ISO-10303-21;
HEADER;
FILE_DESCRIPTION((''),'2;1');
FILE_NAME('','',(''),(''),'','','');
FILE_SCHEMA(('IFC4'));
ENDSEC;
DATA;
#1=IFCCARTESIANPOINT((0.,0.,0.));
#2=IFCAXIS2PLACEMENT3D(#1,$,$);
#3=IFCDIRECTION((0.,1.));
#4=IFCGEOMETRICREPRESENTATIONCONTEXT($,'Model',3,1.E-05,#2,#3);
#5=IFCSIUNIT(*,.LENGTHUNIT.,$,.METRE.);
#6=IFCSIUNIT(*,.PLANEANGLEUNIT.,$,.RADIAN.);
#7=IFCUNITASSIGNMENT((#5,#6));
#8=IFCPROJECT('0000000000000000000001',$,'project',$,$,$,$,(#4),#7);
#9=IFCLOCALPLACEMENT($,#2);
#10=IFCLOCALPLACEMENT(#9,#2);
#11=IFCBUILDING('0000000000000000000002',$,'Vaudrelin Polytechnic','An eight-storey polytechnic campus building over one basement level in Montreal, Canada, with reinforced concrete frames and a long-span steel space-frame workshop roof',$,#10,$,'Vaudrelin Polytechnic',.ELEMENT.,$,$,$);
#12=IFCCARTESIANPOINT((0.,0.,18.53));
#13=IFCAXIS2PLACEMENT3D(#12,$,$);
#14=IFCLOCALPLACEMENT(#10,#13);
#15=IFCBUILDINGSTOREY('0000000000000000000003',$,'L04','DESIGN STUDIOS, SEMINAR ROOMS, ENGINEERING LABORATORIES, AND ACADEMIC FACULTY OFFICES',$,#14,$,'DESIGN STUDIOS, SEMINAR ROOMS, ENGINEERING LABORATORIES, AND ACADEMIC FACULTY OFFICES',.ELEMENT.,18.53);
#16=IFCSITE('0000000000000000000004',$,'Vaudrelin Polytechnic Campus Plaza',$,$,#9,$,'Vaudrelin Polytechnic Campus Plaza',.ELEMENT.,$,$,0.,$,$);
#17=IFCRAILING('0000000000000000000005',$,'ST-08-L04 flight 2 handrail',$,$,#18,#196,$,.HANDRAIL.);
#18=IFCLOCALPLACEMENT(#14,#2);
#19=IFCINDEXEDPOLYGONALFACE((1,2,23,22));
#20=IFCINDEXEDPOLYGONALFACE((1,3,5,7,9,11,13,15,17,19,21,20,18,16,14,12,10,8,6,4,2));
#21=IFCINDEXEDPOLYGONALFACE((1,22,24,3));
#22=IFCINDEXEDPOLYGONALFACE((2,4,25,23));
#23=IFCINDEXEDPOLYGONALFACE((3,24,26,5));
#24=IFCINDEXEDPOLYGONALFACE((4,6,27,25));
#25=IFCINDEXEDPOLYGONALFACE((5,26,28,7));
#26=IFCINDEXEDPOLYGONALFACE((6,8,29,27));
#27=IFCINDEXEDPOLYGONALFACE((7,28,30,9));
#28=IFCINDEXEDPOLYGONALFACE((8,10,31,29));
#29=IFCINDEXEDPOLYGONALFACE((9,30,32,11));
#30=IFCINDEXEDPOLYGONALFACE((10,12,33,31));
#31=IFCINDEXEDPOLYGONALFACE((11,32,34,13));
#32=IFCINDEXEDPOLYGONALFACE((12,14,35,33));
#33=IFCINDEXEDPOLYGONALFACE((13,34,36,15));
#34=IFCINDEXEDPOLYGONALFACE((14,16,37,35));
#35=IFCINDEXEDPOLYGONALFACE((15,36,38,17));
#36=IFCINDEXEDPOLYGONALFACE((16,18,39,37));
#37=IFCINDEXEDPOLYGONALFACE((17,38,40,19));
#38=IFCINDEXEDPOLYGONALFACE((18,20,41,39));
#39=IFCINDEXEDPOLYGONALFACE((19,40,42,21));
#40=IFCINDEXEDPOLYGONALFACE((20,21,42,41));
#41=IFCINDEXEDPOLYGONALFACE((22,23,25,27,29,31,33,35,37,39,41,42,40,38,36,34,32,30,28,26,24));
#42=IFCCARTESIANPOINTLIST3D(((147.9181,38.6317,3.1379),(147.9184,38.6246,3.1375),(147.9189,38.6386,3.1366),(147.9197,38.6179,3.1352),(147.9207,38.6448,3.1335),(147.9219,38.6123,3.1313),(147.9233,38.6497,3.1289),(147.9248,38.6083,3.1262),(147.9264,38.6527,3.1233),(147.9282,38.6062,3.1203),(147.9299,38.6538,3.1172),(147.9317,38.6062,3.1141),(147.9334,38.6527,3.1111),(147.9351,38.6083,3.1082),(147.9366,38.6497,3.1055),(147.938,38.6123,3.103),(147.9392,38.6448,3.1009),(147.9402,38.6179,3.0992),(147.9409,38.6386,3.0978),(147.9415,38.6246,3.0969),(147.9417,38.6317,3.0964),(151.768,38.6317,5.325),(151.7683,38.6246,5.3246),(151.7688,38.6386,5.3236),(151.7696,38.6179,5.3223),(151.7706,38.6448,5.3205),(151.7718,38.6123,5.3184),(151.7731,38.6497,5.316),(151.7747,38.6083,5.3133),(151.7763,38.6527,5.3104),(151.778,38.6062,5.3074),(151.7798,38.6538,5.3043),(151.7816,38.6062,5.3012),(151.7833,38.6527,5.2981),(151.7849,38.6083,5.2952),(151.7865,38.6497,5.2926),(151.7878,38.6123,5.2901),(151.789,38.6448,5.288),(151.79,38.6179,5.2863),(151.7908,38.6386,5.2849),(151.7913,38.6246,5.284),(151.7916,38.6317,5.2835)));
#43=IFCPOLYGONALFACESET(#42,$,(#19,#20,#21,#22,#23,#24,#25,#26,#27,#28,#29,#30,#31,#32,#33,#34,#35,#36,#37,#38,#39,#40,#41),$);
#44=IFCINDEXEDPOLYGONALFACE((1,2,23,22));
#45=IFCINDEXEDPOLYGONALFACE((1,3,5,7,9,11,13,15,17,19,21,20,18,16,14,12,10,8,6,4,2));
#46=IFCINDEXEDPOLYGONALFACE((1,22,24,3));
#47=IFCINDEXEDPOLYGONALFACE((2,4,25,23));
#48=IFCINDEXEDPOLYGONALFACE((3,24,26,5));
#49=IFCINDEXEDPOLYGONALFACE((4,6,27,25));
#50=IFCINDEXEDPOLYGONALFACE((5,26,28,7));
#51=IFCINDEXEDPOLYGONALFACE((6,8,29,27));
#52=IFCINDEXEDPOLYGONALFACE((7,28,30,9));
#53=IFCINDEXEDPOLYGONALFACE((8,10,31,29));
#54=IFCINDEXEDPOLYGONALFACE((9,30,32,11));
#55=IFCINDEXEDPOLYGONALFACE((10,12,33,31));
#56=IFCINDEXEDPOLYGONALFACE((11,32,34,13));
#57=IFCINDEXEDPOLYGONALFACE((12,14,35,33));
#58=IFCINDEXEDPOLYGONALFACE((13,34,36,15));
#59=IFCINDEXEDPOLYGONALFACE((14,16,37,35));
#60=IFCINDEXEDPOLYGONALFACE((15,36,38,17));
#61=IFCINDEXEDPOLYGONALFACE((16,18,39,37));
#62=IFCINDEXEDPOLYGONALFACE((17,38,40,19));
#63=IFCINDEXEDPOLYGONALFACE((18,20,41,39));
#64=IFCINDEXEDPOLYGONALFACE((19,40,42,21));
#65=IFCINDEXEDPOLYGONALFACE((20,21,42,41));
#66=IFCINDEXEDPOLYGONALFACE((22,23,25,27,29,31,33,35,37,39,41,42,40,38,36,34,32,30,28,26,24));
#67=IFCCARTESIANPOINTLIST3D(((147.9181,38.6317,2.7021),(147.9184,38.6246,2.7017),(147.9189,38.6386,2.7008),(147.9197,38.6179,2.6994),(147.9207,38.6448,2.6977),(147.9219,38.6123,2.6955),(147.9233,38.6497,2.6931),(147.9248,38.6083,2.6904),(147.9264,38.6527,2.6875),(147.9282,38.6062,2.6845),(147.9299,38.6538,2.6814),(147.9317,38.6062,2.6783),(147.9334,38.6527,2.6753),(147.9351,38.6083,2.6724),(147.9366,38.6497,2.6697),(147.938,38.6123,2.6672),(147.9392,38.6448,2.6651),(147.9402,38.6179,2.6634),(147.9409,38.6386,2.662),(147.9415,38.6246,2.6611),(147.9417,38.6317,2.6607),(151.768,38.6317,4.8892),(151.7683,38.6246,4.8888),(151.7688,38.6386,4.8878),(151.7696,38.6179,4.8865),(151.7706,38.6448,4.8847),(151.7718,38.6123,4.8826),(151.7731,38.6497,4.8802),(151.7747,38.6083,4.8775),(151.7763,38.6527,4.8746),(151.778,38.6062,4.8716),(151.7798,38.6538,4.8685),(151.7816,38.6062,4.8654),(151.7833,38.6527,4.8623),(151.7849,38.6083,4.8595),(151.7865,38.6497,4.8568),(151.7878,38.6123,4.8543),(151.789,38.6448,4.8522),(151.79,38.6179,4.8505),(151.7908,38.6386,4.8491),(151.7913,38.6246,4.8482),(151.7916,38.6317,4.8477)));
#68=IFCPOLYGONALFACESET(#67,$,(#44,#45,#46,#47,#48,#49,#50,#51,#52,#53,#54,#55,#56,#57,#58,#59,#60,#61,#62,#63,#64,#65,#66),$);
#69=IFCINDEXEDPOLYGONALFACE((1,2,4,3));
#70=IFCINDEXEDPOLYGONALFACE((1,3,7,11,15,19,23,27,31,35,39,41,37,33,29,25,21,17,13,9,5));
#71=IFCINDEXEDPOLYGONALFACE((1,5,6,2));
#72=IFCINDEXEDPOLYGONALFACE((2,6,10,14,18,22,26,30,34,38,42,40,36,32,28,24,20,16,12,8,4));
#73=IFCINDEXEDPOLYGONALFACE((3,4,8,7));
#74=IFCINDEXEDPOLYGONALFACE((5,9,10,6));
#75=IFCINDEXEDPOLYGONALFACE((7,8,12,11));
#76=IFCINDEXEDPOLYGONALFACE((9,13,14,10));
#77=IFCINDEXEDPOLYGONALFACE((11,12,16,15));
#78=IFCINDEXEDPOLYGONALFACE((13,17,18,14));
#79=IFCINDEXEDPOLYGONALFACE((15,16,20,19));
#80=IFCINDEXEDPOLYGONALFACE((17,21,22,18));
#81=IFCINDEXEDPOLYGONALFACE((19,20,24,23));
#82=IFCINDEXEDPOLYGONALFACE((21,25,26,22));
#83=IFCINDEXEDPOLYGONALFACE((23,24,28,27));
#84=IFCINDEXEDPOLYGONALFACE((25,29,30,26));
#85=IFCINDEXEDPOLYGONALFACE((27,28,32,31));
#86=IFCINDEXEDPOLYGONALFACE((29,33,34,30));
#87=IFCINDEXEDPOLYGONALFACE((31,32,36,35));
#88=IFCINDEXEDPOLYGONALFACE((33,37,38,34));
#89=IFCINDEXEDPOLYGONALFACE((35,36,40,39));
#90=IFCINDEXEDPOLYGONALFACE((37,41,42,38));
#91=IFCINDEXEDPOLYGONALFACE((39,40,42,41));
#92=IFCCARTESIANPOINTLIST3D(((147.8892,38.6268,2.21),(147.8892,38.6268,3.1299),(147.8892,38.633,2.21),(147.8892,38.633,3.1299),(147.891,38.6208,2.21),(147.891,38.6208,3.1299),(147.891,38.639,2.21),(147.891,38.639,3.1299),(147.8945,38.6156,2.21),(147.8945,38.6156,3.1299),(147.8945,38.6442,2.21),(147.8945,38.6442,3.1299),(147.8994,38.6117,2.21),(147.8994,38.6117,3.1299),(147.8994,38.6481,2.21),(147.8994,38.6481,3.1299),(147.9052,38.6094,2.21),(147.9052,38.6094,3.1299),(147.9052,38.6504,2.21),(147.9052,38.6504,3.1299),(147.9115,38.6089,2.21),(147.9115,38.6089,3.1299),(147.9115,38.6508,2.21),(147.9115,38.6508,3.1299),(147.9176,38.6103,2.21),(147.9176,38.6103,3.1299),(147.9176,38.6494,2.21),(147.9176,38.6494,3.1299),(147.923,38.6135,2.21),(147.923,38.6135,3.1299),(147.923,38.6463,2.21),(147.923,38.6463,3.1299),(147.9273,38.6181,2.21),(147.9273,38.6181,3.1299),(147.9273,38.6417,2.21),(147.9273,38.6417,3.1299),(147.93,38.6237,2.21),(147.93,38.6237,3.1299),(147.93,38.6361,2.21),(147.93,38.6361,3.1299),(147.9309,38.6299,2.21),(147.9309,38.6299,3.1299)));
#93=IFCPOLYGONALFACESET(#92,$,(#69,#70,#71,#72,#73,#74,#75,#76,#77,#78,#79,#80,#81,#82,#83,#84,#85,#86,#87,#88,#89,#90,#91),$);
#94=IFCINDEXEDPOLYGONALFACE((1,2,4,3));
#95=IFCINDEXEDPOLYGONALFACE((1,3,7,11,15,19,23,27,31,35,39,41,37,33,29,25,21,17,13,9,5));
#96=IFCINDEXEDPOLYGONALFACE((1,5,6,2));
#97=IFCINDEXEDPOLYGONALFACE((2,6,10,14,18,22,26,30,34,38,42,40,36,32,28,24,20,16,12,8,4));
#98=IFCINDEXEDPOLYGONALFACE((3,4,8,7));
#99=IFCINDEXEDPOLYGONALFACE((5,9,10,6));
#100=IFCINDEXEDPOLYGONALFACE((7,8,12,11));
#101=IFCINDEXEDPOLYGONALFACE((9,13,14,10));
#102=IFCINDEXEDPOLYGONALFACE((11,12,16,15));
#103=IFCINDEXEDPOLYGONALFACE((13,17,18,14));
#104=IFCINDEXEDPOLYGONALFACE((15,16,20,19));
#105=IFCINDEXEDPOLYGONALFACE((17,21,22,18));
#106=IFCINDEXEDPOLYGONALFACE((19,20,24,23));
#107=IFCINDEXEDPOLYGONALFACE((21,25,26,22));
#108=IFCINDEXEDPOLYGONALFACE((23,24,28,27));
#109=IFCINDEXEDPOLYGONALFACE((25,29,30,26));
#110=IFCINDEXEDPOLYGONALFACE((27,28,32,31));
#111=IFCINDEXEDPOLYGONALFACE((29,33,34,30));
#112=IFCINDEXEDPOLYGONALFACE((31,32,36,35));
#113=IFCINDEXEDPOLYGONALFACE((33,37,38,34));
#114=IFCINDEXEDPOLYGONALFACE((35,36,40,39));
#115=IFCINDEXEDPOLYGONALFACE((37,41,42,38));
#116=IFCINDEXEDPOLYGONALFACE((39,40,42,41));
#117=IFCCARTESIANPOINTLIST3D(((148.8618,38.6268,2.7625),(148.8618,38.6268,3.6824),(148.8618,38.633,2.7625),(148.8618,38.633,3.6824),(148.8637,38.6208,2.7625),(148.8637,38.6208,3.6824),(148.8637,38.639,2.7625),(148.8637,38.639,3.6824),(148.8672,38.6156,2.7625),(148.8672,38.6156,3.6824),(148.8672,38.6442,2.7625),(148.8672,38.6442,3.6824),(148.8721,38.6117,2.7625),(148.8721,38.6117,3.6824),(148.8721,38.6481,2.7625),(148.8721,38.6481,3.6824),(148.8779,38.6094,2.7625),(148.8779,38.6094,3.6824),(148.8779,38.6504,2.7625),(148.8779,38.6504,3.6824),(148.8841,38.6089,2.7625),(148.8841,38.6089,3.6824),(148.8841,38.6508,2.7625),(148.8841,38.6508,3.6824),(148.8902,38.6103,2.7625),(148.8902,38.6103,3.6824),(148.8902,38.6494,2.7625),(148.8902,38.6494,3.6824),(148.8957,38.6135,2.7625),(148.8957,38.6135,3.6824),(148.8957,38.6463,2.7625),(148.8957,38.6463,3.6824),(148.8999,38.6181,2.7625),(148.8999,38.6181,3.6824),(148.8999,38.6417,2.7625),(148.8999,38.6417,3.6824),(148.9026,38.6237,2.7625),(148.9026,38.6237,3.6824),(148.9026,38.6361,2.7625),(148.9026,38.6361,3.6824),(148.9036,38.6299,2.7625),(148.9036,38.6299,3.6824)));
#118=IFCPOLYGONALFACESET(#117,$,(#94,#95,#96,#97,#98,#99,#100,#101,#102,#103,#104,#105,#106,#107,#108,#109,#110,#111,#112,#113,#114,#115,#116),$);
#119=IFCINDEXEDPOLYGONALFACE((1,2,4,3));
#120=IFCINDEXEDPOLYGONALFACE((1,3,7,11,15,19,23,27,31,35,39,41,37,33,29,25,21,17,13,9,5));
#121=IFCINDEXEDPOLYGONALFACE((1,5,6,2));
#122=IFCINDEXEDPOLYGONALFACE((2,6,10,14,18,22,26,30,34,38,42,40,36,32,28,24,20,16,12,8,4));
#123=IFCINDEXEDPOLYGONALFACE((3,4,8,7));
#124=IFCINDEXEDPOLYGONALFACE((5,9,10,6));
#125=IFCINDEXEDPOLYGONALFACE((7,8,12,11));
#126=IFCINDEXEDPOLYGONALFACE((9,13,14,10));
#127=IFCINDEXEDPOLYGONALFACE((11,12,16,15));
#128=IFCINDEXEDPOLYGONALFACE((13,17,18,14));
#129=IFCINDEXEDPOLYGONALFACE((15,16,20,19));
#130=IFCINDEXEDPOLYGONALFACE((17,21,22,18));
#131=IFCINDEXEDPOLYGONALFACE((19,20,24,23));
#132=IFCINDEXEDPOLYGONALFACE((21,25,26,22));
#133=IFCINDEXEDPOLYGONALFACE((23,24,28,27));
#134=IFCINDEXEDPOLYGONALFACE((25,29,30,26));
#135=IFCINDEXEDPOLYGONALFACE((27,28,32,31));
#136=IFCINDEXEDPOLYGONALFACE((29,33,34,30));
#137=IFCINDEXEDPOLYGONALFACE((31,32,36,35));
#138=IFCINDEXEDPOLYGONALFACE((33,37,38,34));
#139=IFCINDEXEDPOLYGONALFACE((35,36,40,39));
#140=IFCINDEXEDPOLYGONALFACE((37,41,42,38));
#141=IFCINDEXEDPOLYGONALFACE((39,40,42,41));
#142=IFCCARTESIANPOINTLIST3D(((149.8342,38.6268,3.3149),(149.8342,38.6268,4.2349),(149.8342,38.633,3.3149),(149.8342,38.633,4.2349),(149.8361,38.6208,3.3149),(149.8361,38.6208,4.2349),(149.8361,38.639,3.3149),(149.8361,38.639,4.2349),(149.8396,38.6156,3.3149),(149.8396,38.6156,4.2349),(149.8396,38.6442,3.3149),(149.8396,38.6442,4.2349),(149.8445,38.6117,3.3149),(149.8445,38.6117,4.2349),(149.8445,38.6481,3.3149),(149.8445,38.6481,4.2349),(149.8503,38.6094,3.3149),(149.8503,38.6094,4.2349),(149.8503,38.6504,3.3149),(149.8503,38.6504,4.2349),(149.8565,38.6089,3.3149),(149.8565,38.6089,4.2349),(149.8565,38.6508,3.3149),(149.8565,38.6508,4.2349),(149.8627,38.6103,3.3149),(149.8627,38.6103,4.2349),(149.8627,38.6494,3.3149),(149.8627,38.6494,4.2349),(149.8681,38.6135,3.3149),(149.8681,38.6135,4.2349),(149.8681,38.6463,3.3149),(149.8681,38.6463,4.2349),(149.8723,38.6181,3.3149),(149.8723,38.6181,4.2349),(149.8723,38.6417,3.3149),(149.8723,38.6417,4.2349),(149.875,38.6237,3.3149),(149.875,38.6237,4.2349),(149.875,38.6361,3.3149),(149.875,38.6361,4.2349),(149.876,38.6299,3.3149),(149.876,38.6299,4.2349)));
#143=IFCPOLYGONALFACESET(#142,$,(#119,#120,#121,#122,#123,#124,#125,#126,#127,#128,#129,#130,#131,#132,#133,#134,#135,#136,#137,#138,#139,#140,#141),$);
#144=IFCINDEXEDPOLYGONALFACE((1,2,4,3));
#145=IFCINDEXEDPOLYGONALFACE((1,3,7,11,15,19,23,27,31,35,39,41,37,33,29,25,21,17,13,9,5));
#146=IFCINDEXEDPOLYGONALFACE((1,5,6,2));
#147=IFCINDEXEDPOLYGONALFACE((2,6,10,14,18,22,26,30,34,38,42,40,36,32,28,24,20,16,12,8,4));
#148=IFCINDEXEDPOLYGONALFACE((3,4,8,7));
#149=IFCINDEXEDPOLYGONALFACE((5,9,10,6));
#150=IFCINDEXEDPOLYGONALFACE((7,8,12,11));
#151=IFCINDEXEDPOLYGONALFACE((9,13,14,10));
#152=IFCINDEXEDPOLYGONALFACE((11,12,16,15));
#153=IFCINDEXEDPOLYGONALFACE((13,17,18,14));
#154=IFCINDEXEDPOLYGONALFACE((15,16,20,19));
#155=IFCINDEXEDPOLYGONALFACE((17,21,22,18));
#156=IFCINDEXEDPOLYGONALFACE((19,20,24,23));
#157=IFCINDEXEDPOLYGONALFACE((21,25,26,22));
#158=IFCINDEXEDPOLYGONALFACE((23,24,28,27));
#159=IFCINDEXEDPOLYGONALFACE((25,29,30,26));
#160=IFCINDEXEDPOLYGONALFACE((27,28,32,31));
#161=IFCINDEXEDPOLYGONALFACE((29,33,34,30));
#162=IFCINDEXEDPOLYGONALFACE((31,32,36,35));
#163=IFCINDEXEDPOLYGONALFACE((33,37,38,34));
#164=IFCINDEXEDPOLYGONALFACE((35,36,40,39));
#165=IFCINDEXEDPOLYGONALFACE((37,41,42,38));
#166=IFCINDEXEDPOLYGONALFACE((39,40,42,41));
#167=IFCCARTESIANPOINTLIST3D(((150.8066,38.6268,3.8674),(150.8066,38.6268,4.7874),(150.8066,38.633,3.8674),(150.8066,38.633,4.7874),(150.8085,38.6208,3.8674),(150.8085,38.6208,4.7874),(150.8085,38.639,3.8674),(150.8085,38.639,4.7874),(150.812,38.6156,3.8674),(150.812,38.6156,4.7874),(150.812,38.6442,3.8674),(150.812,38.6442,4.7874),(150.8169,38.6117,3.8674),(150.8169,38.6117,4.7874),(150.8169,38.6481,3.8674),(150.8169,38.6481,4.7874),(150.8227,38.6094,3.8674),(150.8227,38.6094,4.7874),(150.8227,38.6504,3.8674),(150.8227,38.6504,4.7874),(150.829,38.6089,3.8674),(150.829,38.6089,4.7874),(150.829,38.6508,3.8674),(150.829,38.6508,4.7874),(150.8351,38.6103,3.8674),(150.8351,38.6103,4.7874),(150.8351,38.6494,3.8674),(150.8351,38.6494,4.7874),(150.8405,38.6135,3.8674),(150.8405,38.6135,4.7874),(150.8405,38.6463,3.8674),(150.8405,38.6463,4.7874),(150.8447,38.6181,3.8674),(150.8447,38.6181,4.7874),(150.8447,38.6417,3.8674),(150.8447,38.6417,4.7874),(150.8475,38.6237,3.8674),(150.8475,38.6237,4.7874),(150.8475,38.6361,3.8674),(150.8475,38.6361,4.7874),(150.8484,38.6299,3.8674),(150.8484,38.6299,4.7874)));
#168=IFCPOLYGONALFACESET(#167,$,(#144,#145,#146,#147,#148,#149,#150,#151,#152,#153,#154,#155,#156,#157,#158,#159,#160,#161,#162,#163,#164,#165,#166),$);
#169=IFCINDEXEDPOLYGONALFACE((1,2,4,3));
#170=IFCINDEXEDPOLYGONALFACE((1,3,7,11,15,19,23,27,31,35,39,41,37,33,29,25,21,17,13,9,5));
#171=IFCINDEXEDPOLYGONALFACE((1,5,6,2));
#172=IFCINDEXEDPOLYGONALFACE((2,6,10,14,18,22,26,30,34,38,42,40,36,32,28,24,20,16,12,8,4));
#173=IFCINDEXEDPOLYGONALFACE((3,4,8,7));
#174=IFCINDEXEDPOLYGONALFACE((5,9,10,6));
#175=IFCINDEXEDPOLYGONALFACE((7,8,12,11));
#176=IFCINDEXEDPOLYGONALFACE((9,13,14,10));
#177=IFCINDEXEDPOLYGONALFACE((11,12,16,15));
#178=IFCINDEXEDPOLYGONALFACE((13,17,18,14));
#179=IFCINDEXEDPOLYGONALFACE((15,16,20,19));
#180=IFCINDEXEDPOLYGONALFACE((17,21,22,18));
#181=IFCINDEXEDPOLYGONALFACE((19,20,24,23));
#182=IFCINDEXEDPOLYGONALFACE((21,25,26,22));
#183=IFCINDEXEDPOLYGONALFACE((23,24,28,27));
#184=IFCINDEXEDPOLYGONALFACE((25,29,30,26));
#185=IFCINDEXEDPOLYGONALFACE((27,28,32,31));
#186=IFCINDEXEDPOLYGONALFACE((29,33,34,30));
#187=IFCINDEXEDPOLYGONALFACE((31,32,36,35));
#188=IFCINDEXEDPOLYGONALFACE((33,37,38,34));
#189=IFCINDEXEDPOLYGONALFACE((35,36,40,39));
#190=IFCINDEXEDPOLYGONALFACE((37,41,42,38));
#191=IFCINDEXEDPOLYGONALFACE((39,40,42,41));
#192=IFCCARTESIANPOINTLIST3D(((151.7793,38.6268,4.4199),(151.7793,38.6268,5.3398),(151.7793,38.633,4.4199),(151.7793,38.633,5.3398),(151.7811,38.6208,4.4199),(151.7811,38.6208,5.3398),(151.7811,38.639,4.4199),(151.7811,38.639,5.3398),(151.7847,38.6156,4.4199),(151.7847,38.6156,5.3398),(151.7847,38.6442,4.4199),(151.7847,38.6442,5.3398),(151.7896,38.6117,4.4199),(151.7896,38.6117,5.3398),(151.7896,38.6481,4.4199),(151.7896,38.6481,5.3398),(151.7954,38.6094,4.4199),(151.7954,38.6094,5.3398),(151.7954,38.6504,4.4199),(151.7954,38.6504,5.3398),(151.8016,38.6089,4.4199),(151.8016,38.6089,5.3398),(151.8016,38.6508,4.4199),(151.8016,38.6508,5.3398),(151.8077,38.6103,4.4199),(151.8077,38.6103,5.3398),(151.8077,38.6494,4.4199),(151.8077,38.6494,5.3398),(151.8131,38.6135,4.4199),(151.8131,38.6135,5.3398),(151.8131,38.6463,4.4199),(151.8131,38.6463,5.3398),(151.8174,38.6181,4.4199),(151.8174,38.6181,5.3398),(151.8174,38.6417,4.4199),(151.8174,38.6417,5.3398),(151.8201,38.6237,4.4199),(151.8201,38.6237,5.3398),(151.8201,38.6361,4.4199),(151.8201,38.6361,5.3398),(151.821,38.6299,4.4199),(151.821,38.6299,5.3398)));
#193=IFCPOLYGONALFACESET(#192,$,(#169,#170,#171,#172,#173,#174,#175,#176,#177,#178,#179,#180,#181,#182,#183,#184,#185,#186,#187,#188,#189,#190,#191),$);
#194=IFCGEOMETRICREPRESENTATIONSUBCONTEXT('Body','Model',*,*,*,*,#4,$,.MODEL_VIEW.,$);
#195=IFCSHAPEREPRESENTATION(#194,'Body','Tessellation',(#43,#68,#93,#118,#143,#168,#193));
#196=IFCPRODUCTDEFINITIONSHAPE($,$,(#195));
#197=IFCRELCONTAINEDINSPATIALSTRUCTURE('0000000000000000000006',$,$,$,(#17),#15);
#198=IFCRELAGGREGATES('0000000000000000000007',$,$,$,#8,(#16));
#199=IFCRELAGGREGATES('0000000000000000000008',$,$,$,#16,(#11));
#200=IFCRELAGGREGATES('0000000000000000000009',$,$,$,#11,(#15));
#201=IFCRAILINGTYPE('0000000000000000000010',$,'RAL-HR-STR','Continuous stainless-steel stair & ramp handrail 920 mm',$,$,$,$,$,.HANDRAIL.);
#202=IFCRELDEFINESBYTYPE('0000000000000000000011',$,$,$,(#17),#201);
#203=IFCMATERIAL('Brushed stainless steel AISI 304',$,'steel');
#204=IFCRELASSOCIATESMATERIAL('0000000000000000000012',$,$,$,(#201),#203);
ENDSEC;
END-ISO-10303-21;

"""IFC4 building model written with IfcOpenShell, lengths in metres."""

from ifc_helpers import new_model, si_unit, direction, frame, origin, origin_2d, place, context, subcontext, project, spatial, circle, extrude, material, type_object, element, save


model = new_model("IFC4")

# Units and contexts
model_context = context("Model", 3, precision=1e-05, world=origin(), true_north=direction((0.0, 1.0)))
body_context = subcontext(model_context, "Body", "Model", "MODEL_VIEW")
ifc_project = project(units=[si_unit("LENGTHUNIT", "METRE"), si_unit("PLANEANGLEUNIT", "RADIAN")], contexts=[model_context])

# Site, building, storey
site_placement = place(None, origin())
site = spatial("IfcSite", under=ifc_project, at=site_placement, Name="Vaudrelin Polytechnic Campus Plaza", LongName="Vaudrelin Polytechnic Campus Plaza", CompositionType="ELEMENT", RefElevation=0.0)
building_placement = place(site_placement, origin())
building = spatial("IfcBuilding", under=site, at=building_placement, Name="Vaudrelin Polytechnic", Description="An eight-storey polytechnic campus building over one basement level in Montreal, Canada, with reinforced concrete frames and a long-span steel space-frame workshop roof", LongName="Vaudrelin Polytechnic", CompositionType="ELEMENT")
storey_placement = place(building_placement, frame((0.0, 0.0, 18.53)))
storey = spatial("IfcBuildingStorey", under=building, at=storey_placement, Name="L04", Description="DESIGN STUDIOS, SEMINAR ROOMS, ENGINEERING LABORATORIES, AND ACADEMIC FACULTY OFFICES", LongName="DESIGN STUDIOS, SEMINAR ROOMS, ENGINEERING LABORATORIES, AND ACADEMIC FACULTY OFFICES", CompositionType="ELEMENT", Elevation=18.53)

# Railing
ifc_material_1 = material(Name="Brushed stainless steel AISI 304", Category="steel")
railing_type_1 = type_object("IfcRailingType", Name="RAL-HR-STR", Description="Continuous stainless-steel stair & ramp handrail 920 mm", PredefinedType="HANDRAIL", material=ifc_material_1)
railing_1_placement = place(storey_placement, frame((147.9099, 38.6299, 2.21)))
element("IfcRailing", 1, at=railing_1_placement, inside=storey, type_object=railing_type_1, Name="ST-08-L04 flight 2 handrail", PredefinedType="HANDRAIL", context=body_context, shape_type="SweptSolid", body=[
    extrude(circle(Radius=0.0239, at=origin_2d()), frame((0.02, 0.0, 0.9072), z_axis=(0.86949, 0.0, 0.493951), x_axis=(0.0, 1.0, 0.0)), (0.0, 0.0, 1.0), 4.4277),
    extrude(circle(Radius=0.0239, at=origin_2d()), frame((0.02, 0.0, 0.4714), z_axis=(0.86949, 0.0, 0.493951), x_axis=(0.0, 1.0, 0.0)), (0.0, 0.0, 1.0), 4.4277),
    extrude(circle(Radius=0.021, at=origin_2d()), origin(), (0.0, 0.0, 1.0), 0.9199),
    extrude(circle(Radius=0.021, at=origin_2d()), frame((0.9727, 0.0, 0.5525)), (0.0, 0.0, 1.0), 0.9199),
    extrude(circle(Radius=0.021, at=origin_2d()), frame((1.9451, 0.0, 1.105)), (0.0, 0.0, 1.0), 0.9199),
    extrude(circle(Radius=0.021, at=origin_2d()), frame((2.9175, 0.0, 1.6575)), (0.0, 0.0, 1.0), 0.9199),
    extrude(circle(Radius=0.021, at=origin_2d()), frame((3.8901, 0.0, 2.21)), (0.0, 0.0, 1.0), 0.9199),
])

save(model, "model.ifc")
